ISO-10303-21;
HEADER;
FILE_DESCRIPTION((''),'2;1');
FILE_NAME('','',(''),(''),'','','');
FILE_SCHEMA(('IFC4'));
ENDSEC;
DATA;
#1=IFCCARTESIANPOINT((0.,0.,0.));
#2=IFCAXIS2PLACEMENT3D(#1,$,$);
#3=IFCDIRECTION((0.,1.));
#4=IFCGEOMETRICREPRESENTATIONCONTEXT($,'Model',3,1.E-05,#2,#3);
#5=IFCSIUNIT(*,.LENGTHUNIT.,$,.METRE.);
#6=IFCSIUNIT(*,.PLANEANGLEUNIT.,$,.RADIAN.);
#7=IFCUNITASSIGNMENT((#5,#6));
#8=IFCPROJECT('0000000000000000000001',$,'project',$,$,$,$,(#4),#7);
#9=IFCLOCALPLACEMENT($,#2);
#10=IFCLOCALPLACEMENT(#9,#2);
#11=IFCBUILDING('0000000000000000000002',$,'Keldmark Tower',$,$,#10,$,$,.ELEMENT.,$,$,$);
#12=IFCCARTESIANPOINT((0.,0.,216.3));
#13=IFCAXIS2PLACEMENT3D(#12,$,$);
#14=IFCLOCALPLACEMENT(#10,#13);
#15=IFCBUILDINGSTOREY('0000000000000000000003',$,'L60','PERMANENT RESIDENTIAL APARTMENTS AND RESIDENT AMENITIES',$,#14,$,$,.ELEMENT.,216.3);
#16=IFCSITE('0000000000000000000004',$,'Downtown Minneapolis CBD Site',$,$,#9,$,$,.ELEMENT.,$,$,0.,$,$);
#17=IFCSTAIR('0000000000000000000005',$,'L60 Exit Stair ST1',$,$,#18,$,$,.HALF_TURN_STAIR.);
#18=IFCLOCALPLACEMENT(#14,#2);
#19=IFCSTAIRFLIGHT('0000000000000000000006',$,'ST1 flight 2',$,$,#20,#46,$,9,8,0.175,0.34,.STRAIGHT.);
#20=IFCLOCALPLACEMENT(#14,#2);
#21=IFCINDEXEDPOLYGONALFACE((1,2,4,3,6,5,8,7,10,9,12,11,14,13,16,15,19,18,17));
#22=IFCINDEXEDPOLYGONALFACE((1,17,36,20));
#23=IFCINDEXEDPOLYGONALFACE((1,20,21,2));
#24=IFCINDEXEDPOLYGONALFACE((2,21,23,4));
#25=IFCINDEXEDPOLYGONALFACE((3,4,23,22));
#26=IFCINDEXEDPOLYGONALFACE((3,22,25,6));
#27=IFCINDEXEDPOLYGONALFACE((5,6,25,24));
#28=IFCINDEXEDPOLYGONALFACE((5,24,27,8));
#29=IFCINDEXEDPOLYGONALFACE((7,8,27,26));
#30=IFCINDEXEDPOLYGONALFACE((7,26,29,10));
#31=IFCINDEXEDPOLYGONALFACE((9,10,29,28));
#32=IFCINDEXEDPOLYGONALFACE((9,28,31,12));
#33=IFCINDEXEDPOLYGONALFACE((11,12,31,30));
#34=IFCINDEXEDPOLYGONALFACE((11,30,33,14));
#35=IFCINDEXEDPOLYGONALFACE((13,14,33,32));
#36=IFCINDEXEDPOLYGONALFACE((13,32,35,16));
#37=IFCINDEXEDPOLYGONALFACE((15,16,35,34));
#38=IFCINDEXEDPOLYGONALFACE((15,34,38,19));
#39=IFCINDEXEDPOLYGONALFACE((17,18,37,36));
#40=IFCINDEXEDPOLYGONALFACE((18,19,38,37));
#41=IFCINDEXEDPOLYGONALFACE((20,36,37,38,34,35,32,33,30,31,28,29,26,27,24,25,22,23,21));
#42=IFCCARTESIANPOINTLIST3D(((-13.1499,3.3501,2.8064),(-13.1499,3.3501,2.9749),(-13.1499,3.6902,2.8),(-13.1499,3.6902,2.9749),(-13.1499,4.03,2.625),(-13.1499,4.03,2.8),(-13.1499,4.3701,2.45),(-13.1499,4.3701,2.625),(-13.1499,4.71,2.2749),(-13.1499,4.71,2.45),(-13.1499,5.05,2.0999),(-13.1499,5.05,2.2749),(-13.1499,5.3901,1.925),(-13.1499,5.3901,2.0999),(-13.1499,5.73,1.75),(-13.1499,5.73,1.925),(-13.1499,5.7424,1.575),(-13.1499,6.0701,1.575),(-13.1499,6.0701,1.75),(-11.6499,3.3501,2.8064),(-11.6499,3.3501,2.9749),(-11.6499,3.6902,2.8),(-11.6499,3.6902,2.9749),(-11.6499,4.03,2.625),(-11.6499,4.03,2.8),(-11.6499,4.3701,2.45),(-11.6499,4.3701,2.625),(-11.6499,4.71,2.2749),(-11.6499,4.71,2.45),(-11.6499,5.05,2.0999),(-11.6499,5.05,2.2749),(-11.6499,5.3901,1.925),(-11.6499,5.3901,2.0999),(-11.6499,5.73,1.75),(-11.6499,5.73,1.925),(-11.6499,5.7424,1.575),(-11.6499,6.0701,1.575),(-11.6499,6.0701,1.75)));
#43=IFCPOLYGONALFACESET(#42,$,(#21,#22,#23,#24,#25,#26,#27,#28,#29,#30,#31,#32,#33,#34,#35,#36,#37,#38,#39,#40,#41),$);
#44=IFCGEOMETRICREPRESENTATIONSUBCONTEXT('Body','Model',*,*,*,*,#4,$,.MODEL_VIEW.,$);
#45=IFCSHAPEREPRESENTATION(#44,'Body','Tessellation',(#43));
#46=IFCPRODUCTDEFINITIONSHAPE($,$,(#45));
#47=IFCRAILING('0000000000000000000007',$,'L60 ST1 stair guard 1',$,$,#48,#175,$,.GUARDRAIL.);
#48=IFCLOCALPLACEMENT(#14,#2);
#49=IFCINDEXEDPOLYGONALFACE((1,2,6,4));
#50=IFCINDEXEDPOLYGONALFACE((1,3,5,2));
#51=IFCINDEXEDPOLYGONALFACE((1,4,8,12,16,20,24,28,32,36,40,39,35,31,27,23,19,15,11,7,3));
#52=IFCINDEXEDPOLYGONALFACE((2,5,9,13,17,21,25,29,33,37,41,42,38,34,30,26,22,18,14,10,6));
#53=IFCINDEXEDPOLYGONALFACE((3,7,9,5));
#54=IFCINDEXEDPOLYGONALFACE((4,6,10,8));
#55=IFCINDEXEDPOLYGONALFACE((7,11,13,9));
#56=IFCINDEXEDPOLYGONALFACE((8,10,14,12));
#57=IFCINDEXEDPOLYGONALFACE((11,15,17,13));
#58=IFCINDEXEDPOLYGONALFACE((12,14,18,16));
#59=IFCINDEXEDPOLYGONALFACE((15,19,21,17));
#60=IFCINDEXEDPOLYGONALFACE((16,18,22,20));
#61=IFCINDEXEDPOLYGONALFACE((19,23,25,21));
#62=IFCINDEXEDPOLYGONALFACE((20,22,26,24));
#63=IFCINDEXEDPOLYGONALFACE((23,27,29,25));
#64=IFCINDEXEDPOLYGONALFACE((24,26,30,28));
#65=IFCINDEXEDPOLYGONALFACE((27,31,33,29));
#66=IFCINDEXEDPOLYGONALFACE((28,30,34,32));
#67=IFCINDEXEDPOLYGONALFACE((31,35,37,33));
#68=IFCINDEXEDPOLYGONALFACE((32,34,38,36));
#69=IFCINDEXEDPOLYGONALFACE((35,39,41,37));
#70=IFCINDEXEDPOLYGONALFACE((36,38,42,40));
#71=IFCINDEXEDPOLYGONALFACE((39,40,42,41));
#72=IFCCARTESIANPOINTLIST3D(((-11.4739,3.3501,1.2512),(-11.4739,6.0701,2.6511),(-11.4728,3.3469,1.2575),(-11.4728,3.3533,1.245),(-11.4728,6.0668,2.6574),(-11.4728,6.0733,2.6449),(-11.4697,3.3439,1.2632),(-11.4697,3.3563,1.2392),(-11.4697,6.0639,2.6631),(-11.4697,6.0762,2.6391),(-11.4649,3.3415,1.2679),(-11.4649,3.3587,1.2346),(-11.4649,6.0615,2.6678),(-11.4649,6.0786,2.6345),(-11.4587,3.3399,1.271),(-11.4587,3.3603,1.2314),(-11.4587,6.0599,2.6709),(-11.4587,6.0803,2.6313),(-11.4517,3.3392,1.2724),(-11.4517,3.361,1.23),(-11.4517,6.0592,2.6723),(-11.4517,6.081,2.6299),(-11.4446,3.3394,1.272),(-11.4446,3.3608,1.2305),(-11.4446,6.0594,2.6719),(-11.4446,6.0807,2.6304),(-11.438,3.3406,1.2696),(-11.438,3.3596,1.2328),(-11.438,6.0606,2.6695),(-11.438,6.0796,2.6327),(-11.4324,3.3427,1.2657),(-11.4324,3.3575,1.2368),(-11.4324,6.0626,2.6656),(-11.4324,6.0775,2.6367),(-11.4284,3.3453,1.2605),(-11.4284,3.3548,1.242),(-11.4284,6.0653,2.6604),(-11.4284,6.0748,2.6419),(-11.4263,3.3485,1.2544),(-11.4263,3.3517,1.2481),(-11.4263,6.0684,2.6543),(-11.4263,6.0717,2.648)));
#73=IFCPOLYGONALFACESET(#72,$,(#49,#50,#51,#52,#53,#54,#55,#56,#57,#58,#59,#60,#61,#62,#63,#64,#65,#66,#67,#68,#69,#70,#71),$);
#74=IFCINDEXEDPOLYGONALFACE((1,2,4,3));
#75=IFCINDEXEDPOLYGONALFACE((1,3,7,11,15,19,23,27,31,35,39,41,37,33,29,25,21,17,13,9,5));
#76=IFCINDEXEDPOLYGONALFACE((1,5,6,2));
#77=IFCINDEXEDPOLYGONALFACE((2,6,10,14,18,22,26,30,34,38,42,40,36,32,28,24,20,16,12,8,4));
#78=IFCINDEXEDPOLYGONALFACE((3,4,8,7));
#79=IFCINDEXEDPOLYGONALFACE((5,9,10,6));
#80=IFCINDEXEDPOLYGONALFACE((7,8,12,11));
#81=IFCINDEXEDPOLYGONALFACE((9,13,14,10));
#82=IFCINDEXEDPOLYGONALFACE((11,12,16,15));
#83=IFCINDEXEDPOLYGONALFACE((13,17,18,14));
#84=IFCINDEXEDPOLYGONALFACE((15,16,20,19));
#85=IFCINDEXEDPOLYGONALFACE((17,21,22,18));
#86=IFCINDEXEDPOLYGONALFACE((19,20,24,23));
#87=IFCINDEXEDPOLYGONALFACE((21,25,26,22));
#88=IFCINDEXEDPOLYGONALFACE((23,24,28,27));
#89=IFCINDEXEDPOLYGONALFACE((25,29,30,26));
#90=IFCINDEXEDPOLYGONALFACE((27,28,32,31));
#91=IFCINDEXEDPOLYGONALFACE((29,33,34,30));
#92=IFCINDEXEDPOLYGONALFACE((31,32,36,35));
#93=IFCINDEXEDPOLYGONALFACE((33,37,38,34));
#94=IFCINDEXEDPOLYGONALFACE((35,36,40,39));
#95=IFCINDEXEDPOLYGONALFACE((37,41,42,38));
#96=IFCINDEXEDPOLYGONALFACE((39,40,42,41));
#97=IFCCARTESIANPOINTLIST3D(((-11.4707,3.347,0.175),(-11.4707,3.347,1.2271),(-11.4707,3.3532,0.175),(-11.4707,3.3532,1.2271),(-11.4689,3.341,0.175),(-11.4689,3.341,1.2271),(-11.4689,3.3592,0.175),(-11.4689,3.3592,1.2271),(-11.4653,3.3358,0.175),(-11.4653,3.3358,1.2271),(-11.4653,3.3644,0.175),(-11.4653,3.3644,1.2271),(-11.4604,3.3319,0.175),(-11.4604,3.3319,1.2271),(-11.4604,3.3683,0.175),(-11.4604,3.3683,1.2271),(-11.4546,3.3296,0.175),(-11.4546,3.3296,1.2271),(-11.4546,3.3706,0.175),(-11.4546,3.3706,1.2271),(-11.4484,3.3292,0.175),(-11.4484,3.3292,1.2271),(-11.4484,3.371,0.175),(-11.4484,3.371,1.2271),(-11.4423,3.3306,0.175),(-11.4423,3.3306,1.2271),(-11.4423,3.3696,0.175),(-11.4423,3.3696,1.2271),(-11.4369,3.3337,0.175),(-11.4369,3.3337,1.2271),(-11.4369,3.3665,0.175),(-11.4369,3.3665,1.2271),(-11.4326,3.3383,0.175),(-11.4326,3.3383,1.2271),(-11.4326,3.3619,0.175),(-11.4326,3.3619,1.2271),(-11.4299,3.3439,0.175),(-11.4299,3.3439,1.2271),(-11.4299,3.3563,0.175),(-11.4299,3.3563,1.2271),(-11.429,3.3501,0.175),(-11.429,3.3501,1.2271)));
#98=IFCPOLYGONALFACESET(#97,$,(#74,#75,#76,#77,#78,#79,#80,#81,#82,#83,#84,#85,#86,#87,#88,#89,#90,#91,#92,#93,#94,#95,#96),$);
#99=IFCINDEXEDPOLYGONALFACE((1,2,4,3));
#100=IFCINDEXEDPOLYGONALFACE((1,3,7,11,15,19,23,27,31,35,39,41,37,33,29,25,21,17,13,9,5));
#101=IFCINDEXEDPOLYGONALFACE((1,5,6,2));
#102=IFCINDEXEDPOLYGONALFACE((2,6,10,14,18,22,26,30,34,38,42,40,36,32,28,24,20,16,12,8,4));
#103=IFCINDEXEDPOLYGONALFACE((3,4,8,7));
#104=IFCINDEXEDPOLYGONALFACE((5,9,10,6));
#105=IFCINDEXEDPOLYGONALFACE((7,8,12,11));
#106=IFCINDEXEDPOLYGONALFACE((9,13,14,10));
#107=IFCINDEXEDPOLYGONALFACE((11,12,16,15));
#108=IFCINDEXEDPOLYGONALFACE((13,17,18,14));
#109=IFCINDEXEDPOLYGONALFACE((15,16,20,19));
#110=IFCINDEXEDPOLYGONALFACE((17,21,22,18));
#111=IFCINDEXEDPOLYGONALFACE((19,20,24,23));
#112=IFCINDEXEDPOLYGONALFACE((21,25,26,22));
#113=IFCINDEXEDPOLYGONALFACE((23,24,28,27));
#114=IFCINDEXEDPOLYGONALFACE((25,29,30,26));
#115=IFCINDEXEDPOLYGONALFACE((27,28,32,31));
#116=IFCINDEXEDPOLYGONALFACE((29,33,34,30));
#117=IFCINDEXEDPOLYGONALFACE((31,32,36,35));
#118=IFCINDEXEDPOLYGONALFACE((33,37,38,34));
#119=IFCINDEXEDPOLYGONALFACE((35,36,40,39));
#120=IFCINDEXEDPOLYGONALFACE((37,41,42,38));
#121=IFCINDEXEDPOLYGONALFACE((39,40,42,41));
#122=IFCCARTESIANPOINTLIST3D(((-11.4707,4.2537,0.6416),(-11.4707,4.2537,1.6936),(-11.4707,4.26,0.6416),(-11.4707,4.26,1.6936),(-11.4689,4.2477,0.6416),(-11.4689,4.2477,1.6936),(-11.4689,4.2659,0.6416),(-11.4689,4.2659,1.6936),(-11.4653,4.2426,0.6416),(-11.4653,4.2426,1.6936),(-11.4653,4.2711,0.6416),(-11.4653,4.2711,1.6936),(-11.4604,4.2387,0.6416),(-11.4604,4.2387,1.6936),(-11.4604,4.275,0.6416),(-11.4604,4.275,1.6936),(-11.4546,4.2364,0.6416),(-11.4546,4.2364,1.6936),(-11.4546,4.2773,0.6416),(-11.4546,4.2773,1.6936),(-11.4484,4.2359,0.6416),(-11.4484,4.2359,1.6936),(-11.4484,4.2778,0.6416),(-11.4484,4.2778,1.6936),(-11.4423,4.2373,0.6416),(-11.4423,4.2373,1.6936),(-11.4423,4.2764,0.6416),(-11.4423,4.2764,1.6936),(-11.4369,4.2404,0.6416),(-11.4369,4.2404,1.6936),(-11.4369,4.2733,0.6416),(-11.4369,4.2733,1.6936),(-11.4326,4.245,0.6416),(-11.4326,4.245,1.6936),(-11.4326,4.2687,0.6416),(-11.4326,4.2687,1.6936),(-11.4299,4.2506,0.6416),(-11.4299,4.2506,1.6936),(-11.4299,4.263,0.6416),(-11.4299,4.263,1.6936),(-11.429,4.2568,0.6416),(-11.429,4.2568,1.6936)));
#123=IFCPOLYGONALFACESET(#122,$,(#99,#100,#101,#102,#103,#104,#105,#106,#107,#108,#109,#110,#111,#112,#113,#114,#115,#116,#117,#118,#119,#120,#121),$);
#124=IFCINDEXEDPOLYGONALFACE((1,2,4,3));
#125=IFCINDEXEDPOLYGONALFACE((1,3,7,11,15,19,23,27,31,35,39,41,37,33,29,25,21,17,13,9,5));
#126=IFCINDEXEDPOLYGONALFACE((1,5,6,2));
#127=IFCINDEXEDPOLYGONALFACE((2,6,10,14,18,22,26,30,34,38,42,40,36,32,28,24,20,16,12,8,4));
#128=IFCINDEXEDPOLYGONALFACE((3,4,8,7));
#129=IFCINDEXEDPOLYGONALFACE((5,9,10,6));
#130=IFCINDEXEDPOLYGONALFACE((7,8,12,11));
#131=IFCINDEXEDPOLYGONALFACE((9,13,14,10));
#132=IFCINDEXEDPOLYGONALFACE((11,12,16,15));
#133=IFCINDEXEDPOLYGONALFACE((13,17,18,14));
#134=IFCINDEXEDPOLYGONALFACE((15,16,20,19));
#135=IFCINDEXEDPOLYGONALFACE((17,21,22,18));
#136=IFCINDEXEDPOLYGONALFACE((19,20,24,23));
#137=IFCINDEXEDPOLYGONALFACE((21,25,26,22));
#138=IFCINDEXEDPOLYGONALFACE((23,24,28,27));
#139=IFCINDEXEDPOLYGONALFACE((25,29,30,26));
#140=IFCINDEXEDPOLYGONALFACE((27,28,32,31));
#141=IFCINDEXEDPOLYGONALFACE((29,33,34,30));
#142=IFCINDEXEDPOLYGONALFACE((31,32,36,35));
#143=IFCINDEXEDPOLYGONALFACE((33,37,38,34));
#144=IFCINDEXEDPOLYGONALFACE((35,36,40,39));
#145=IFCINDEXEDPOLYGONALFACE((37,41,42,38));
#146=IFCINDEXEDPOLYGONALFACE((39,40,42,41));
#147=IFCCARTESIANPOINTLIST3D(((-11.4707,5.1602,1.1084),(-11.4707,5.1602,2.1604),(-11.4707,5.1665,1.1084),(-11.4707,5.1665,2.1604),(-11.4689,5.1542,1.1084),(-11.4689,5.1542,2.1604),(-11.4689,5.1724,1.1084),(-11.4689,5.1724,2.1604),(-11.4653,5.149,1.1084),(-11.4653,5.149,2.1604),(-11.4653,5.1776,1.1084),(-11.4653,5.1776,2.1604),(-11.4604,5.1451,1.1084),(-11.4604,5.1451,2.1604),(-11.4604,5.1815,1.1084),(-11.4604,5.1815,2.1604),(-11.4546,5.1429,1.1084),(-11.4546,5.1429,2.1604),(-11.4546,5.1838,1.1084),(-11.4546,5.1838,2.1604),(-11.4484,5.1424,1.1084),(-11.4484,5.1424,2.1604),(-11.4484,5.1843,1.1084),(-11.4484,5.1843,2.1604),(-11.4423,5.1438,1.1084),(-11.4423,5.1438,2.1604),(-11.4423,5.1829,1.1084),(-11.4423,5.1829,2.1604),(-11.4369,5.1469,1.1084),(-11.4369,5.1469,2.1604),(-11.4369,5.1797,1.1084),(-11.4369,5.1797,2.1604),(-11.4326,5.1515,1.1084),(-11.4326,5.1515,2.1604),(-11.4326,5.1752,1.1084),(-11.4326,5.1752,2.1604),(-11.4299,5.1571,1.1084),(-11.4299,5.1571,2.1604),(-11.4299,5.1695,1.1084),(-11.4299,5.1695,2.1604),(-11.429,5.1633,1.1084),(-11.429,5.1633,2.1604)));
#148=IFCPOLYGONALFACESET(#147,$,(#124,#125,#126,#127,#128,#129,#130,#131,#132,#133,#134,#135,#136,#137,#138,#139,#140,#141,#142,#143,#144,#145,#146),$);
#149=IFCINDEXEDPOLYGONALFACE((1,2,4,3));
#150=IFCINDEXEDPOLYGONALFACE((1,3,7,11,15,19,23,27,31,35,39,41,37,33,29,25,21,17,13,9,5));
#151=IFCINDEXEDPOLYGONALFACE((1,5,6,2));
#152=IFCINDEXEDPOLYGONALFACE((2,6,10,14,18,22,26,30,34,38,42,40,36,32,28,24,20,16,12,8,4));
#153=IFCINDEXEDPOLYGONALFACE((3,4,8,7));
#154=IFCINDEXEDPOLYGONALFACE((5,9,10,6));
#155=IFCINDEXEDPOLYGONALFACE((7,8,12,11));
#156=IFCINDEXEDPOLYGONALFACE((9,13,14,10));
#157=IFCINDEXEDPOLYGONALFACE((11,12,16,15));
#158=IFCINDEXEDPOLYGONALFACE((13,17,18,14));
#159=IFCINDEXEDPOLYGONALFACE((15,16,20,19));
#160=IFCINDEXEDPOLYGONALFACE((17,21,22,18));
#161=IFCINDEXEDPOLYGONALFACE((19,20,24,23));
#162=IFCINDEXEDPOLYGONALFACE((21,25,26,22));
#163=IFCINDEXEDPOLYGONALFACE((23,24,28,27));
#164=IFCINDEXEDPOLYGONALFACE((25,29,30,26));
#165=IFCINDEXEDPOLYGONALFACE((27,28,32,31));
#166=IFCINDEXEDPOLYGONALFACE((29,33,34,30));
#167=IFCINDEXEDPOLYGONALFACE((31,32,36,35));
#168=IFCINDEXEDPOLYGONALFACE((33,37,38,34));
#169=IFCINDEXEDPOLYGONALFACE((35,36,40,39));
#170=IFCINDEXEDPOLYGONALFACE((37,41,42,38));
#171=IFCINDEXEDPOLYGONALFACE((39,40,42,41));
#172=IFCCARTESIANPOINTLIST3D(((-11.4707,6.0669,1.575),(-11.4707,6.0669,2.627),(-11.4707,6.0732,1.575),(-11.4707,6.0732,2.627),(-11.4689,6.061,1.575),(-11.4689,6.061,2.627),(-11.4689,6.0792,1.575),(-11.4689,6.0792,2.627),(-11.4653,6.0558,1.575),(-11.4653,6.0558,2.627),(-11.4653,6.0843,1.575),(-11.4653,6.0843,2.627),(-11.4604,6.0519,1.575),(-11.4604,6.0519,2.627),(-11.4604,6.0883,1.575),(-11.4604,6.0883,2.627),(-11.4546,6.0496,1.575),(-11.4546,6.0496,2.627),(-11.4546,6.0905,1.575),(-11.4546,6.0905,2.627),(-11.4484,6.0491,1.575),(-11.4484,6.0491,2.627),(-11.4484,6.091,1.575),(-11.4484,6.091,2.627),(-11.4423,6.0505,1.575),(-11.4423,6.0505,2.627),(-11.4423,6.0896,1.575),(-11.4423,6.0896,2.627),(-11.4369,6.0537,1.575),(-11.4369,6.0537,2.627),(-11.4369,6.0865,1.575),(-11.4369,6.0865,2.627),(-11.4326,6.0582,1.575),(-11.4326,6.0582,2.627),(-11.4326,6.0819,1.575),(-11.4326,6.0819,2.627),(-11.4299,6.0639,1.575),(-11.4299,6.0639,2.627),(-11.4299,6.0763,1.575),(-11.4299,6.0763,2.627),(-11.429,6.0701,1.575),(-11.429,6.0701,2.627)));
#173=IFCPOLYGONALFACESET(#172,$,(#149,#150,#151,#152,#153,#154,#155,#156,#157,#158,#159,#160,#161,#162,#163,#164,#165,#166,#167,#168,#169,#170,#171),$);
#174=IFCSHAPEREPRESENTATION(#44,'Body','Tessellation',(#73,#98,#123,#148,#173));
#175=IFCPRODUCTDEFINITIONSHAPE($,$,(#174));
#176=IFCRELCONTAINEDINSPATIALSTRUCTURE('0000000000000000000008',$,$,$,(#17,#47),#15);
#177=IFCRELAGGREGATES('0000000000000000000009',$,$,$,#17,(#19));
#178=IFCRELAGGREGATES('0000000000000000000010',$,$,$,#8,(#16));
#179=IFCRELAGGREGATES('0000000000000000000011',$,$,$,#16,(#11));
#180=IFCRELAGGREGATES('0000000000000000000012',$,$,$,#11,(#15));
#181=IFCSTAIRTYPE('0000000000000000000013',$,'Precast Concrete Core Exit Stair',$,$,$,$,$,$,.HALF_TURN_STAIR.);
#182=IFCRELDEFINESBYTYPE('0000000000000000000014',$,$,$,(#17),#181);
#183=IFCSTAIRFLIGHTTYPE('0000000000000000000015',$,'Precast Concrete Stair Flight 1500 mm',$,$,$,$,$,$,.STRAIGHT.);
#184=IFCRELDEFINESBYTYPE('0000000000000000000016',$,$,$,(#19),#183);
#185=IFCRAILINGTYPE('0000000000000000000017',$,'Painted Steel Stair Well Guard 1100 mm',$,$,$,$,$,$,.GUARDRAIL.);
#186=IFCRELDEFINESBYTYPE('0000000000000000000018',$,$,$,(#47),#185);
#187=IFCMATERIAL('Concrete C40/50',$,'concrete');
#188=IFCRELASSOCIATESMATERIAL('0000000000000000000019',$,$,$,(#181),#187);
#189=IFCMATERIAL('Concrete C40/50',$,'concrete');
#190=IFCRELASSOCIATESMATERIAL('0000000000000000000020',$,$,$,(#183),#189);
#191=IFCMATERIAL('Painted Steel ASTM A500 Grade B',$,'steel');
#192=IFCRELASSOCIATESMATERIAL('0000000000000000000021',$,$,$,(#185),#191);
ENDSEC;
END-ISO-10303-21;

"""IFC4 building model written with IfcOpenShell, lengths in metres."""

from ifc_helpers import new_model, si_unit, direction, frame, origin, origin_2d, place, context, subcontext, project, spatial, polyline, circle, outline, extrude, material, type_object, element, aggregate, save


model = new_model("IFC4")

# Units and contexts
model_context = context("Model", 3, precision=1e-05, world=origin(), true_north=direction((0.0, 1.0)))
body_context = subcontext(model_context, "Body", "Model", "MODEL_VIEW")
ifc_project = project(units=[si_unit("LENGTHUNIT", "METRE"), si_unit("PLANEANGLEUNIT", "RADIAN")], contexts=[model_context])

# Site, building, storey
site_placement = place(None, origin())
site = spatial("IfcSite", under=ifc_project, at=site_placement, Name="Downtown Minneapolis CBD Site", CompositionType="ELEMENT", RefElevation=0.0)
building_placement = place(site_placement, origin())
building = spatial("IfcBuilding", under=site, at=building_placement, Name="Keldmark Tower", CompositionType="ELEMENT")
storey_placement = place(building_placement, frame((0.0, 0.0, 216.3)))
storey = spatial("IfcBuildingStorey", under=building, at=storey_placement, Name="L60", Description="PERMANENT RESIDENTIAL APARTMENTS AND RESIDENT AMENITIES", CompositionType="ELEMENT", Elevation=216.3)

# Stair, stair flight
ifc_material_1 = material(Name="Concrete C40/50", Category="concrete")
stair_type = type_object("IfcStairType", Name="Precast Concrete Core Exit Stair", PredefinedType="HALF_TURN_STAIR", material=ifc_material_1)
stair_placement = place(storey_placement, origin())
stair = element("IfcStair", 1, at=stair_placement, inside=storey, type_object=stair_type, Name="L60 Exit Stair ST1", PredefinedType="HALF_TURN_STAIR")
ifc_material_2 = material(Name="Concrete C40/50", Category="concrete")
stair_flight_type = type_object("IfcStairFlightType", Name="Precast Concrete Stair Flight 1500 mm", PredefinedType="STRAIGHT", material=ifc_material_2)
stair_flight_1_placement = place(storey_placement, frame((-12.3999, 6.0701, 1.575), z_axis=(0.0, 0.0, 1.0), x_axis=(0.0, -1.0, 0.0)))
stair_flight_1 = element("IfcStairFlight", 2, at=stair_flight_1_placement, type_object=stair_flight_type, Name="ST1 flight 2", NumberOfRisers=9, NumberOfTreads=8, PredefinedType="STRAIGHT", RiserHeight=0.175, TreadLength=0.34, context=body_context, shape_type="SweptSolid", body=[
    extrude(outline(polyline([(0.0, 0.0), (0.0, 0.175), (0.3401, 0.175), (0.3401, 0.3501), (0.6799, 0.3501), (0.6799, 0.5249), (1.02, 0.5249), (1.02, 0.7), (1.3601, 0.7), (1.3601, 0.875), (1.7, 0.875), (1.7, 1.05), (2.04, 1.05), (2.04, 1.2251), (2.3799, 1.2251), (2.3799, 1.3999), (2.72, 1.3999), (2.72, 1.575), (2.72, 1.2314), (0.3276, 0.0), (0.0, 0.0)])), frame((0.0, 0.75, 0.0), z_axis=(0.0, -1.0, 0.0), x_axis=(1.0, 0.0, 0.0)), (0.0, 0.0, 1.0), 1.5),
])
aggregate(stair, [stair_flight_1])

# Railing
ifc_material_3 = material(Name="Painted Steel ASTM A500 Grade B", Category="steel")
railing_type_1 = type_object("IfcRailingType", Name="Painted Steel Stair Well Guard 1100 mm", PredefinedType="GUARDRAIL", material=ifc_material_3)
railing_1_placement = place(storey_placement, frame((-11.45, 3.3501, 0.175)))
element("IfcRailing", 3, at=railing_1_placement, inside=storey, type_object=railing_type_1, Name="L60 ST1 stair guard 1", PredefinedType="GUARDRAIL", context=body_context, shape_type="SweptSolid", body=[
    extrude(circle(Radius=0.0239, at=origin_2d()), frame((0.0, 0.0, 1.0762), z_axis=(0.0, 0.889147, 0.457622), x_axis=(-1.0, 0.0, 0.0)), (0.0, 0.0, 1.0), 3.0591),
    extrude(circle(Radius=0.021, at=origin_2d()), origin(), (0.0, 0.0, 1.0), 1.052),
    extrude(circle(Radius=0.021, at=origin_2d()), frame((0.0, 0.9067, 0.4666)), (0.0, 0.0, 1.0), 1.052),
    extrude(circle(Radius=0.021, at=origin_2d()), frame((0.0, 1.8132, 0.9333)), (0.0, 0.0, 1.0), 1.052),
    extrude(circle(Radius=0.021, at=origin_2d()), frame((0.0, 2.72, 1.3999)), (0.0, 0.0, 1.0), 1.052),
])

save(model, "model.ifc")
